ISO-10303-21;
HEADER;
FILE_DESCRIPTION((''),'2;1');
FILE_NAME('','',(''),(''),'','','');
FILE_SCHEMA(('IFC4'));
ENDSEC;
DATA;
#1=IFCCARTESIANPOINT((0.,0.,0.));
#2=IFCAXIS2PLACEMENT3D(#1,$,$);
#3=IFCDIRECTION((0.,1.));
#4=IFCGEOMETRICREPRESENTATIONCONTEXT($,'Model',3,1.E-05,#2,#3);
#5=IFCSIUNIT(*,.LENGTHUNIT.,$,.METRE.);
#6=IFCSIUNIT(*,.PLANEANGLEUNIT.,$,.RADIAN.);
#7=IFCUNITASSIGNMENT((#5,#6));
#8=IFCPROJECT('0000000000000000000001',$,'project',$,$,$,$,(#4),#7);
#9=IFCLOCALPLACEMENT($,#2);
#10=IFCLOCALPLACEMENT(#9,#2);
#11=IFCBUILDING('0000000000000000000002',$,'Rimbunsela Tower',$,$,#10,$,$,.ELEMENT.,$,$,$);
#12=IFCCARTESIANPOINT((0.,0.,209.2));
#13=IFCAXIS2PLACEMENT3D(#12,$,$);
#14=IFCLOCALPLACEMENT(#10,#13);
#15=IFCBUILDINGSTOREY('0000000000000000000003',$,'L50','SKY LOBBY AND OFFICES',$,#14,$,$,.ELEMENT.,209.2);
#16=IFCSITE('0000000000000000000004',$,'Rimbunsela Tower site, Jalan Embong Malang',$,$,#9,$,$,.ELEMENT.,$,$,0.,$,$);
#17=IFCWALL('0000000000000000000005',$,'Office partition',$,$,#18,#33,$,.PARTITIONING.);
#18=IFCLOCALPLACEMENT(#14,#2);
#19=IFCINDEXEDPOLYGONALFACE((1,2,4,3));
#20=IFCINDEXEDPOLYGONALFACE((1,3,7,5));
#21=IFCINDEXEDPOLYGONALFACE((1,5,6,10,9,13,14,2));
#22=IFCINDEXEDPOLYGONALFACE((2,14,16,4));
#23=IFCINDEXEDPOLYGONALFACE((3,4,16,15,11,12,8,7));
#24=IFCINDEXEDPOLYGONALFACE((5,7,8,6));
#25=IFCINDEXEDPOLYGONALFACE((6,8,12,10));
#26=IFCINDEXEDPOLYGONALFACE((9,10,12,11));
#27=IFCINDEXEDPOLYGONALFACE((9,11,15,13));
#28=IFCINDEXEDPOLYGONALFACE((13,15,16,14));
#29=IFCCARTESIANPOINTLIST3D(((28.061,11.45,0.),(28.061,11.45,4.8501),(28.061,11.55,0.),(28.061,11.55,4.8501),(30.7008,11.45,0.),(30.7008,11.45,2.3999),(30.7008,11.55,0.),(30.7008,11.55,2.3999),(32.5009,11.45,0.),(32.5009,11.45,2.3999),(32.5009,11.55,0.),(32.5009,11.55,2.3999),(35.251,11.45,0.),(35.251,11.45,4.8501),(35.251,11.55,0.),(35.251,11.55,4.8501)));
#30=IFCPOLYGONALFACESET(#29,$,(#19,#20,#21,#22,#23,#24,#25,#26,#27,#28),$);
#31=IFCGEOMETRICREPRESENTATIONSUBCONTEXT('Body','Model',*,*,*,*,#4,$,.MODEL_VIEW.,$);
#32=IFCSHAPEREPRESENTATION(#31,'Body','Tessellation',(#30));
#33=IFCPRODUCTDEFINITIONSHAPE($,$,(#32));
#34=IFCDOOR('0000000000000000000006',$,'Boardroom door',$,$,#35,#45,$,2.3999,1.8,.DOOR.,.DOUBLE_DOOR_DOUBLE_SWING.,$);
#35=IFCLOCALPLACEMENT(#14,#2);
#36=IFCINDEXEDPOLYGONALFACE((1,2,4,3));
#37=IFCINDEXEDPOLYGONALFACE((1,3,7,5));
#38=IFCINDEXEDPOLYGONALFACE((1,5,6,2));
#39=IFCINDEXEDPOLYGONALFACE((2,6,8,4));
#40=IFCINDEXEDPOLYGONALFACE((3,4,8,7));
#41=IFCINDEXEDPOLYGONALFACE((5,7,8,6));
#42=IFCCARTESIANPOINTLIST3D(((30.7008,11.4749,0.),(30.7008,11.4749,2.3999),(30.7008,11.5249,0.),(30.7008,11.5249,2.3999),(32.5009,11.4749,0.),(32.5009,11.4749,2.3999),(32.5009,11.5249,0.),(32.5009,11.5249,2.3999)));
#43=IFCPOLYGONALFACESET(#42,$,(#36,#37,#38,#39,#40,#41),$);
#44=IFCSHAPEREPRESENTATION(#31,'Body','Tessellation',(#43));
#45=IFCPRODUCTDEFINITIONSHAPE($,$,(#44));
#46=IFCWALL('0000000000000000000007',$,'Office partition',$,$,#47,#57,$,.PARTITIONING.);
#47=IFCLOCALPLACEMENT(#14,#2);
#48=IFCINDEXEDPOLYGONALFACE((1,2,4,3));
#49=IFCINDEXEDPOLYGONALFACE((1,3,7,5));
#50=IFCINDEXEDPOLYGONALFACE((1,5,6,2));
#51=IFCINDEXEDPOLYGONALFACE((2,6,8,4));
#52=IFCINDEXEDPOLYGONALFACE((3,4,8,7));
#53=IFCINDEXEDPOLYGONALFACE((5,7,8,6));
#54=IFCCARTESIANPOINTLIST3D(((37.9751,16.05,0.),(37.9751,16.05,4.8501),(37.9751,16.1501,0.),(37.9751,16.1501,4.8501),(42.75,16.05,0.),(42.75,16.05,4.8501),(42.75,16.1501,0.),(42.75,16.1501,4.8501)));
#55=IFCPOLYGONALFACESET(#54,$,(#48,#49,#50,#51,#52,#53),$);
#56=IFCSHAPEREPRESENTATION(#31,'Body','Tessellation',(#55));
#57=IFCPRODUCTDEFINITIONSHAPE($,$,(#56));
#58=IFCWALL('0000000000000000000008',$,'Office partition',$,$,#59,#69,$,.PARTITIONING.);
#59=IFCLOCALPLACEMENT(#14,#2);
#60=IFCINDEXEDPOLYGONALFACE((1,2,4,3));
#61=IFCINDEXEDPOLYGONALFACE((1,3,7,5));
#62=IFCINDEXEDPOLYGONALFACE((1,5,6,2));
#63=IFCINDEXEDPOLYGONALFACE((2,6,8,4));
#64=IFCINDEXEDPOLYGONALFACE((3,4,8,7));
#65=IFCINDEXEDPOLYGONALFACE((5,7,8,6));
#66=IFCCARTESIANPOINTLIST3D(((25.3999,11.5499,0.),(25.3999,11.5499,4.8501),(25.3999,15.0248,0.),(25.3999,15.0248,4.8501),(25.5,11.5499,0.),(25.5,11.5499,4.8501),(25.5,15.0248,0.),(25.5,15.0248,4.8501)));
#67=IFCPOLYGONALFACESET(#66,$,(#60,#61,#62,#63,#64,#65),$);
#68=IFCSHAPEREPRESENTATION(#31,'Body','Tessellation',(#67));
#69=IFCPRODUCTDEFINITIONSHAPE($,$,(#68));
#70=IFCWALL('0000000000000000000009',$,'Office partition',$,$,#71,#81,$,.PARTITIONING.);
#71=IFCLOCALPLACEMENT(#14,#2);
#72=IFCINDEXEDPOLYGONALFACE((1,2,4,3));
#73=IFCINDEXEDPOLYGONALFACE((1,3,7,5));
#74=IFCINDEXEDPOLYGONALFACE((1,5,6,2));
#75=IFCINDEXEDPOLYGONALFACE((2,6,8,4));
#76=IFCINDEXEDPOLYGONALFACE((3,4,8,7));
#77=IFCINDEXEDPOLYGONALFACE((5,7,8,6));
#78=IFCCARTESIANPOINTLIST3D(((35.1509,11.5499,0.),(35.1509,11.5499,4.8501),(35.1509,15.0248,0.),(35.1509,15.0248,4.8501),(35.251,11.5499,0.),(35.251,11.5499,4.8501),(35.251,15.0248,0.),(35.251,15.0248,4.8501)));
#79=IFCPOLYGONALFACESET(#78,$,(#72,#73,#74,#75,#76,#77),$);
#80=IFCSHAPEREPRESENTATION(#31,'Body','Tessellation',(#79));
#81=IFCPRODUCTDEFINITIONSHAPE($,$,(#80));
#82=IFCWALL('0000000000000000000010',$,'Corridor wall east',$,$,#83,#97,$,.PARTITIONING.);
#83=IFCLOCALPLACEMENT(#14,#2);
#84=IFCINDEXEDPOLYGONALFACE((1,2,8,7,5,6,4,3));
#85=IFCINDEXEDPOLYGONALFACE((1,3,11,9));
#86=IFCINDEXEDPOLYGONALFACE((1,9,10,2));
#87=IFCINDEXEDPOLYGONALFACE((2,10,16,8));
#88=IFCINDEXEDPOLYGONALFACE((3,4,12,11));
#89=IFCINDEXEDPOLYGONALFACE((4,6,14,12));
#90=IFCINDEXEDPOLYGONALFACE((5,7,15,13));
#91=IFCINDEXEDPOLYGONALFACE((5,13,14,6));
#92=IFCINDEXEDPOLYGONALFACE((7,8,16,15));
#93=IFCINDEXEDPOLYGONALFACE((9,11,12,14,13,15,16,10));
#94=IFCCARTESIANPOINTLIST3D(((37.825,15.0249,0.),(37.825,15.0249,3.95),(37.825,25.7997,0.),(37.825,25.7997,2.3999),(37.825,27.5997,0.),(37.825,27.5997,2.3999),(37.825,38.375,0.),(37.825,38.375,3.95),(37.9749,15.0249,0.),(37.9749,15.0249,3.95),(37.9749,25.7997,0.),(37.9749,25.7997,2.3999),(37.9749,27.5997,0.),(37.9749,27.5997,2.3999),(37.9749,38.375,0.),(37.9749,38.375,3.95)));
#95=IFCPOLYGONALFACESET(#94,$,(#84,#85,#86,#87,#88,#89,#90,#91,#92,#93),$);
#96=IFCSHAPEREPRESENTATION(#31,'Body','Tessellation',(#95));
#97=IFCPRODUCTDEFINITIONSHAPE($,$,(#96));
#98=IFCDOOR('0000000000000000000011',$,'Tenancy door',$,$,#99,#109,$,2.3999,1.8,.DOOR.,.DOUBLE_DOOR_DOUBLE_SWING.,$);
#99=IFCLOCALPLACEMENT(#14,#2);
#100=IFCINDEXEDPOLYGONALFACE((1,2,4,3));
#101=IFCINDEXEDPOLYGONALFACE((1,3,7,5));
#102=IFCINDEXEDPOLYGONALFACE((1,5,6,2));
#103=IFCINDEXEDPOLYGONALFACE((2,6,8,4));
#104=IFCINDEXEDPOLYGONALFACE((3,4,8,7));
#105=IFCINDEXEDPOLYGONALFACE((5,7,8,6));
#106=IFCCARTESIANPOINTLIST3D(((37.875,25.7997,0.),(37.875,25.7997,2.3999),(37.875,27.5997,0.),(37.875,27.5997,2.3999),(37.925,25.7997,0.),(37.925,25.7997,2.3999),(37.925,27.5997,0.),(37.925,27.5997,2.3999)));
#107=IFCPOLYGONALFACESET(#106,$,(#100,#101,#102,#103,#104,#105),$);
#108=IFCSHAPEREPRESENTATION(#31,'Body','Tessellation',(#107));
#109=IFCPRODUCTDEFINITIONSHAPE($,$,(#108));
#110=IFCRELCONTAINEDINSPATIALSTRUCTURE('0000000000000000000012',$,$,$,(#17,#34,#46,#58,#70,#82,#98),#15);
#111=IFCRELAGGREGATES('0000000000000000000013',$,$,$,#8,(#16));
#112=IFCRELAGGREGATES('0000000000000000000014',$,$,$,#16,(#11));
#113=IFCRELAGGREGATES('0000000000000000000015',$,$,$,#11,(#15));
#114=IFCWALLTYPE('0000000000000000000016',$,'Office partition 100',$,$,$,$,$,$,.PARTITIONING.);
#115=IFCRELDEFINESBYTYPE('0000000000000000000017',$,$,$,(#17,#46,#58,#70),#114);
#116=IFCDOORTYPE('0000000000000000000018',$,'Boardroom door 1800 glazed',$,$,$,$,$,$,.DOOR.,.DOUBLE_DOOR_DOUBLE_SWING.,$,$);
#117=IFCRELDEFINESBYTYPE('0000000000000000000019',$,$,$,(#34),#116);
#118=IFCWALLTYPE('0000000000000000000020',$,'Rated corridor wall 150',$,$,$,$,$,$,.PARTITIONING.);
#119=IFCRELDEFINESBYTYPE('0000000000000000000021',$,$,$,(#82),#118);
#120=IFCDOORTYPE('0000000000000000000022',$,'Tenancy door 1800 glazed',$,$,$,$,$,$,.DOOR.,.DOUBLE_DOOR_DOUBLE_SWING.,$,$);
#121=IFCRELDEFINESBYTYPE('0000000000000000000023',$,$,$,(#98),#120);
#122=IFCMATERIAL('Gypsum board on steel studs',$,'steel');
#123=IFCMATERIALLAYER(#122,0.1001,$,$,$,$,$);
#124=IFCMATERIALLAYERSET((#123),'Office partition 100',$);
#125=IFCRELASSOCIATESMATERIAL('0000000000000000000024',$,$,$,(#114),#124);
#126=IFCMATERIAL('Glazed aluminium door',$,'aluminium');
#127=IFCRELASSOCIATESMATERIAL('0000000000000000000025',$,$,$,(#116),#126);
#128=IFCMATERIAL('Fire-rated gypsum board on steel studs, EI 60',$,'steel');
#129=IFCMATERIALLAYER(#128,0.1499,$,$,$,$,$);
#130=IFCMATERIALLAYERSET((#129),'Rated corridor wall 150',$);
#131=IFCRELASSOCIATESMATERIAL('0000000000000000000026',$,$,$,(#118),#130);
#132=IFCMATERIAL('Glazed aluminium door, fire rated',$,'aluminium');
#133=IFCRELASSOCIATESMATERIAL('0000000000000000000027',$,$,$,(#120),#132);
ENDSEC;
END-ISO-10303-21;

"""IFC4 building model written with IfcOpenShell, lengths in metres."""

from ifc_helpers import new_model, si_unit, direction, frame, frame_2d, origin, place, context, subcontext, project, spatial, rectangle, extrude, material, layer, layer_set, type_object, element, fill, save


model = new_model("IFC4")

# Units and contexts
model_context = context("Model", 3, precision=1e-05, world=origin(), true_north=direction((0.0, 1.0)))
body_context = subcontext(model_context, "Body", "Model", "MODEL_VIEW")
ifc_project = project(units=[si_unit("LENGTHUNIT", "METRE"), si_unit("PLANEANGLEUNIT", "RADIAN")], contexts=[model_context])

# Site, building, storey
site_placement = place(None, origin())
site = spatial("IfcSite", under=ifc_project, at=site_placement, Name="Rimbunsela Tower site, Jalan Embong Malang", CompositionType="ELEMENT", RefElevation=0.0)
building_placement = place(site_placement, origin())
building = spatial("IfcBuilding", under=site, at=building_placement, Name="Rimbunsela Tower", CompositionType="ELEMENT")
storey_placement = place(building_placement, frame((0.0, 0.0, 209.2)))
storey = spatial("IfcBuildingStorey", under=building, at=storey_placement, Name="L50", Description="SKY LOBBY AND OFFICES", CompositionType="ELEMENT", Elevation=209.2)

# Wall, opening, door
ifc_material_1 = material(Name="Gypsum board on steel studs", Category="steel")
ifc_layer_1 = layer(ifc_material_1, 0.1001)
ifc_layer_set_1 = layer_set([ifc_layer_1], Name="Office partition 100")
wall_type_1 = type_object("IfcWallType", Name="Office partition 100", PredefinedType="PARTITIONING", material=ifc_layer_set_1)
wall_1_placement = place(storey_placement, frame((28.061, 11.5, 0.0), z_axis=(0.0, 0.0, 1.0), x_axis=(1.0, 0.0, 0.0)))
wall_1 = element("IfcWall", 1, at=wall_1_placement, inside=storey, type_object=wall_type_1, Name="Office partition", PredefinedType="PARTITIONING", context=body_context, shape_type="SweptSolid", body=[
    extrude(rectangle(XDim=7.1899, YDim=0.1001, at=frame_2d((3.595, 0.0))), origin(), (0.0, 0.0, 1.0), 4.8501),
])
opening_1_placement = place(wall_1_placement, frame((2.6399, 0.0, 0.0)))
opening_1 = element("IfcOpeningElement", 2, at=opening_1_placement, cuts=wall_1, PredefinedType="OPENING", context=body_context, shape_type="SweptSolid", body=[
    extrude(rectangle(XDim=1.8, YDim=2.3999, at=frame_2d((0.8999, 1.2))), frame((0.0, 0.0601, 0.0), z_axis=(0.0, -1.0, 0.0), x_axis=(1.0, 0.0, 0.0)), (0.0, 0.0, 1.0), 0.1201),
])
ifc_material_2 = material(Name="Glazed aluminium door", Category="aluminium")
door_type_1 = type_object("IfcDoorType", Name="Boardroom door 1800 glazed", OperationType="DOUBLE_DOOR_DOUBLE_SWING", PredefinedType="DOOR", material=ifc_material_2)
door_1_placement = place(opening_1_placement, origin())
door_1 = element("IfcDoor", 3, at=door_1_placement, inside=storey, type_object=door_type_1, Name="Boardroom door", OperationType="DOUBLE_DOOR_DOUBLE_SWING", OverallHeight=2.3999, OverallWidth=1.8, PredefinedType="DOOR", context=body_context, shape_type="SweptSolid", body=[
    extrude(rectangle(XDim=1.8, YDim=2.3999, at=frame_2d((0.8999, 1.2))), frame((0.0, 0.0249, 0.0), z_axis=(0.0, -1.0, 0.0), x_axis=(1.0, 0.0, 0.0)), (0.0, 0.0, 1.0), 0.05),
])
fill(opening_1, door_1)

# Walls
wall_2_placement = place(storey_placement, frame((37.9751, 16.1001, 0.0), z_axis=(0.0, 0.0, 1.0), x_axis=(1.0, 0.0, 0.0)))
element("IfcWall", 4, at=wall_2_placement, inside=storey, type_object=wall_type_1, Name="Office partition", PredefinedType="PARTITIONING", context=body_context, shape_type="SweptSolid", body=[
    extrude(rectangle(XDim=4.7749, YDim=0.1001, at=frame_2d((2.3875, 0.0))), origin(), (0.0, 0.0, 1.0), 4.8501),
])
for number, where, z_axis, x_axis, name in (
    (5, (25.45, 11.55, 0.0), (0.0, 0.0, 1.0), (0.0, 1.0, 0.0), "Office partition"),
    (6, (35.2009, 11.55, 0.0), (0.0, 0.0, 1.0), (0.0, 1.0, 0.0), "Office partition"),
):
    element("IfcWall", number, at=place(storey_placement, frame(where, z_axis=z_axis, x_axis=x_axis)), inside=storey, type_object=wall_type_1, Name=name, PredefinedType="PARTITIONING", context=body_context, shape_type="SweptSolid", body=[
        extrude(rectangle(XDim=3.4749, YDim=0.1001, at=frame_2d((1.7373, 0.0))), origin(), (0.0, 0.0, 1.0), 4.8501),
    ])

# Wall, opening, door
ifc_material_3 = material(Name="Fire-rated gypsum board on steel studs, EI 60", Category="steel")
ifc_layer_2 = layer(ifc_material_3, 0.1499)
ifc_layer_set_2 = layer_set([ifc_layer_2], Name="Rated corridor wall 150")
wall_type_2 = type_object("IfcWallType", Name="Rated corridor wall 150", PredefinedType="PARTITIONING", material=ifc_layer_set_2)
wall_3_placement = place(storey_placement, frame((37.8999, 15.0249, 0.0), z_axis=(0.0, 0.0, 1.0), x_axis=(0.0, 1.0, 0.0)))
wall_3 = element("IfcWall", 7, at=wall_3_placement, inside=storey, type_object=wall_type_2, Name="Corridor wall east", PredefinedType="PARTITIONING", context=body_context, shape_type="SweptSolid", body=[
    extrude(rectangle(XDim=23.3501, YDim=0.1499, at=frame_2d((11.675, 0.0))), origin(), (0.0, 0.0, 1.0), 3.95),
])
opening_2_placement = place(wall_3_placement, frame((10.7749, 0.0, 0.0)))
opening_2 = element("IfcOpeningElement", 8, at=opening_2_placement, cuts=wall_3, PredefinedType="OPENING", context=body_context, shape_type="SweptSolid", body=[
    extrude(rectangle(XDim=1.8, YDim=2.3999, at=frame_2d((0.8999, 1.2))), frame((0.0, 0.085, 0.0), z_axis=(0.0, -1.0, 0.0), x_axis=(1.0, 0.0, 0.0)), (0.0, 0.0, 1.0), 0.1699),
])
ifc_material_4 = material(Name="Glazed aluminium door, fire rated", Category="aluminium")
door_type_2 = type_object("IfcDoorType", Name="Tenancy door 1800 glazed", OperationType="DOUBLE_DOOR_DOUBLE_SWING", PredefinedType="DOOR", material=ifc_material_4)
door_2_placement = place(opening_2_placement, origin())
door_2 = element("IfcDoor", 9, at=door_2_placement, inside=storey, type_object=door_type_2, Name="Tenancy door", OperationType="DOUBLE_DOOR_DOUBLE_SWING", OverallHeight=2.3999, OverallWidth=1.8, PredefinedType="DOOR", context=body_context, shape_type="SweptSolid", body=[
    extrude(rectangle(XDim=1.8, YDim=2.3999, at=frame_2d((0.8999, 1.2))), frame((0.0, 0.0249, 0.0), z_axis=(0.0, -1.0, 0.0), x_axis=(1.0, 0.0, 0.0)), (0.0, 0.0, 1.0), 0.05),
])
fill(opening_2, door_2)

save(model, "model.ifc")
